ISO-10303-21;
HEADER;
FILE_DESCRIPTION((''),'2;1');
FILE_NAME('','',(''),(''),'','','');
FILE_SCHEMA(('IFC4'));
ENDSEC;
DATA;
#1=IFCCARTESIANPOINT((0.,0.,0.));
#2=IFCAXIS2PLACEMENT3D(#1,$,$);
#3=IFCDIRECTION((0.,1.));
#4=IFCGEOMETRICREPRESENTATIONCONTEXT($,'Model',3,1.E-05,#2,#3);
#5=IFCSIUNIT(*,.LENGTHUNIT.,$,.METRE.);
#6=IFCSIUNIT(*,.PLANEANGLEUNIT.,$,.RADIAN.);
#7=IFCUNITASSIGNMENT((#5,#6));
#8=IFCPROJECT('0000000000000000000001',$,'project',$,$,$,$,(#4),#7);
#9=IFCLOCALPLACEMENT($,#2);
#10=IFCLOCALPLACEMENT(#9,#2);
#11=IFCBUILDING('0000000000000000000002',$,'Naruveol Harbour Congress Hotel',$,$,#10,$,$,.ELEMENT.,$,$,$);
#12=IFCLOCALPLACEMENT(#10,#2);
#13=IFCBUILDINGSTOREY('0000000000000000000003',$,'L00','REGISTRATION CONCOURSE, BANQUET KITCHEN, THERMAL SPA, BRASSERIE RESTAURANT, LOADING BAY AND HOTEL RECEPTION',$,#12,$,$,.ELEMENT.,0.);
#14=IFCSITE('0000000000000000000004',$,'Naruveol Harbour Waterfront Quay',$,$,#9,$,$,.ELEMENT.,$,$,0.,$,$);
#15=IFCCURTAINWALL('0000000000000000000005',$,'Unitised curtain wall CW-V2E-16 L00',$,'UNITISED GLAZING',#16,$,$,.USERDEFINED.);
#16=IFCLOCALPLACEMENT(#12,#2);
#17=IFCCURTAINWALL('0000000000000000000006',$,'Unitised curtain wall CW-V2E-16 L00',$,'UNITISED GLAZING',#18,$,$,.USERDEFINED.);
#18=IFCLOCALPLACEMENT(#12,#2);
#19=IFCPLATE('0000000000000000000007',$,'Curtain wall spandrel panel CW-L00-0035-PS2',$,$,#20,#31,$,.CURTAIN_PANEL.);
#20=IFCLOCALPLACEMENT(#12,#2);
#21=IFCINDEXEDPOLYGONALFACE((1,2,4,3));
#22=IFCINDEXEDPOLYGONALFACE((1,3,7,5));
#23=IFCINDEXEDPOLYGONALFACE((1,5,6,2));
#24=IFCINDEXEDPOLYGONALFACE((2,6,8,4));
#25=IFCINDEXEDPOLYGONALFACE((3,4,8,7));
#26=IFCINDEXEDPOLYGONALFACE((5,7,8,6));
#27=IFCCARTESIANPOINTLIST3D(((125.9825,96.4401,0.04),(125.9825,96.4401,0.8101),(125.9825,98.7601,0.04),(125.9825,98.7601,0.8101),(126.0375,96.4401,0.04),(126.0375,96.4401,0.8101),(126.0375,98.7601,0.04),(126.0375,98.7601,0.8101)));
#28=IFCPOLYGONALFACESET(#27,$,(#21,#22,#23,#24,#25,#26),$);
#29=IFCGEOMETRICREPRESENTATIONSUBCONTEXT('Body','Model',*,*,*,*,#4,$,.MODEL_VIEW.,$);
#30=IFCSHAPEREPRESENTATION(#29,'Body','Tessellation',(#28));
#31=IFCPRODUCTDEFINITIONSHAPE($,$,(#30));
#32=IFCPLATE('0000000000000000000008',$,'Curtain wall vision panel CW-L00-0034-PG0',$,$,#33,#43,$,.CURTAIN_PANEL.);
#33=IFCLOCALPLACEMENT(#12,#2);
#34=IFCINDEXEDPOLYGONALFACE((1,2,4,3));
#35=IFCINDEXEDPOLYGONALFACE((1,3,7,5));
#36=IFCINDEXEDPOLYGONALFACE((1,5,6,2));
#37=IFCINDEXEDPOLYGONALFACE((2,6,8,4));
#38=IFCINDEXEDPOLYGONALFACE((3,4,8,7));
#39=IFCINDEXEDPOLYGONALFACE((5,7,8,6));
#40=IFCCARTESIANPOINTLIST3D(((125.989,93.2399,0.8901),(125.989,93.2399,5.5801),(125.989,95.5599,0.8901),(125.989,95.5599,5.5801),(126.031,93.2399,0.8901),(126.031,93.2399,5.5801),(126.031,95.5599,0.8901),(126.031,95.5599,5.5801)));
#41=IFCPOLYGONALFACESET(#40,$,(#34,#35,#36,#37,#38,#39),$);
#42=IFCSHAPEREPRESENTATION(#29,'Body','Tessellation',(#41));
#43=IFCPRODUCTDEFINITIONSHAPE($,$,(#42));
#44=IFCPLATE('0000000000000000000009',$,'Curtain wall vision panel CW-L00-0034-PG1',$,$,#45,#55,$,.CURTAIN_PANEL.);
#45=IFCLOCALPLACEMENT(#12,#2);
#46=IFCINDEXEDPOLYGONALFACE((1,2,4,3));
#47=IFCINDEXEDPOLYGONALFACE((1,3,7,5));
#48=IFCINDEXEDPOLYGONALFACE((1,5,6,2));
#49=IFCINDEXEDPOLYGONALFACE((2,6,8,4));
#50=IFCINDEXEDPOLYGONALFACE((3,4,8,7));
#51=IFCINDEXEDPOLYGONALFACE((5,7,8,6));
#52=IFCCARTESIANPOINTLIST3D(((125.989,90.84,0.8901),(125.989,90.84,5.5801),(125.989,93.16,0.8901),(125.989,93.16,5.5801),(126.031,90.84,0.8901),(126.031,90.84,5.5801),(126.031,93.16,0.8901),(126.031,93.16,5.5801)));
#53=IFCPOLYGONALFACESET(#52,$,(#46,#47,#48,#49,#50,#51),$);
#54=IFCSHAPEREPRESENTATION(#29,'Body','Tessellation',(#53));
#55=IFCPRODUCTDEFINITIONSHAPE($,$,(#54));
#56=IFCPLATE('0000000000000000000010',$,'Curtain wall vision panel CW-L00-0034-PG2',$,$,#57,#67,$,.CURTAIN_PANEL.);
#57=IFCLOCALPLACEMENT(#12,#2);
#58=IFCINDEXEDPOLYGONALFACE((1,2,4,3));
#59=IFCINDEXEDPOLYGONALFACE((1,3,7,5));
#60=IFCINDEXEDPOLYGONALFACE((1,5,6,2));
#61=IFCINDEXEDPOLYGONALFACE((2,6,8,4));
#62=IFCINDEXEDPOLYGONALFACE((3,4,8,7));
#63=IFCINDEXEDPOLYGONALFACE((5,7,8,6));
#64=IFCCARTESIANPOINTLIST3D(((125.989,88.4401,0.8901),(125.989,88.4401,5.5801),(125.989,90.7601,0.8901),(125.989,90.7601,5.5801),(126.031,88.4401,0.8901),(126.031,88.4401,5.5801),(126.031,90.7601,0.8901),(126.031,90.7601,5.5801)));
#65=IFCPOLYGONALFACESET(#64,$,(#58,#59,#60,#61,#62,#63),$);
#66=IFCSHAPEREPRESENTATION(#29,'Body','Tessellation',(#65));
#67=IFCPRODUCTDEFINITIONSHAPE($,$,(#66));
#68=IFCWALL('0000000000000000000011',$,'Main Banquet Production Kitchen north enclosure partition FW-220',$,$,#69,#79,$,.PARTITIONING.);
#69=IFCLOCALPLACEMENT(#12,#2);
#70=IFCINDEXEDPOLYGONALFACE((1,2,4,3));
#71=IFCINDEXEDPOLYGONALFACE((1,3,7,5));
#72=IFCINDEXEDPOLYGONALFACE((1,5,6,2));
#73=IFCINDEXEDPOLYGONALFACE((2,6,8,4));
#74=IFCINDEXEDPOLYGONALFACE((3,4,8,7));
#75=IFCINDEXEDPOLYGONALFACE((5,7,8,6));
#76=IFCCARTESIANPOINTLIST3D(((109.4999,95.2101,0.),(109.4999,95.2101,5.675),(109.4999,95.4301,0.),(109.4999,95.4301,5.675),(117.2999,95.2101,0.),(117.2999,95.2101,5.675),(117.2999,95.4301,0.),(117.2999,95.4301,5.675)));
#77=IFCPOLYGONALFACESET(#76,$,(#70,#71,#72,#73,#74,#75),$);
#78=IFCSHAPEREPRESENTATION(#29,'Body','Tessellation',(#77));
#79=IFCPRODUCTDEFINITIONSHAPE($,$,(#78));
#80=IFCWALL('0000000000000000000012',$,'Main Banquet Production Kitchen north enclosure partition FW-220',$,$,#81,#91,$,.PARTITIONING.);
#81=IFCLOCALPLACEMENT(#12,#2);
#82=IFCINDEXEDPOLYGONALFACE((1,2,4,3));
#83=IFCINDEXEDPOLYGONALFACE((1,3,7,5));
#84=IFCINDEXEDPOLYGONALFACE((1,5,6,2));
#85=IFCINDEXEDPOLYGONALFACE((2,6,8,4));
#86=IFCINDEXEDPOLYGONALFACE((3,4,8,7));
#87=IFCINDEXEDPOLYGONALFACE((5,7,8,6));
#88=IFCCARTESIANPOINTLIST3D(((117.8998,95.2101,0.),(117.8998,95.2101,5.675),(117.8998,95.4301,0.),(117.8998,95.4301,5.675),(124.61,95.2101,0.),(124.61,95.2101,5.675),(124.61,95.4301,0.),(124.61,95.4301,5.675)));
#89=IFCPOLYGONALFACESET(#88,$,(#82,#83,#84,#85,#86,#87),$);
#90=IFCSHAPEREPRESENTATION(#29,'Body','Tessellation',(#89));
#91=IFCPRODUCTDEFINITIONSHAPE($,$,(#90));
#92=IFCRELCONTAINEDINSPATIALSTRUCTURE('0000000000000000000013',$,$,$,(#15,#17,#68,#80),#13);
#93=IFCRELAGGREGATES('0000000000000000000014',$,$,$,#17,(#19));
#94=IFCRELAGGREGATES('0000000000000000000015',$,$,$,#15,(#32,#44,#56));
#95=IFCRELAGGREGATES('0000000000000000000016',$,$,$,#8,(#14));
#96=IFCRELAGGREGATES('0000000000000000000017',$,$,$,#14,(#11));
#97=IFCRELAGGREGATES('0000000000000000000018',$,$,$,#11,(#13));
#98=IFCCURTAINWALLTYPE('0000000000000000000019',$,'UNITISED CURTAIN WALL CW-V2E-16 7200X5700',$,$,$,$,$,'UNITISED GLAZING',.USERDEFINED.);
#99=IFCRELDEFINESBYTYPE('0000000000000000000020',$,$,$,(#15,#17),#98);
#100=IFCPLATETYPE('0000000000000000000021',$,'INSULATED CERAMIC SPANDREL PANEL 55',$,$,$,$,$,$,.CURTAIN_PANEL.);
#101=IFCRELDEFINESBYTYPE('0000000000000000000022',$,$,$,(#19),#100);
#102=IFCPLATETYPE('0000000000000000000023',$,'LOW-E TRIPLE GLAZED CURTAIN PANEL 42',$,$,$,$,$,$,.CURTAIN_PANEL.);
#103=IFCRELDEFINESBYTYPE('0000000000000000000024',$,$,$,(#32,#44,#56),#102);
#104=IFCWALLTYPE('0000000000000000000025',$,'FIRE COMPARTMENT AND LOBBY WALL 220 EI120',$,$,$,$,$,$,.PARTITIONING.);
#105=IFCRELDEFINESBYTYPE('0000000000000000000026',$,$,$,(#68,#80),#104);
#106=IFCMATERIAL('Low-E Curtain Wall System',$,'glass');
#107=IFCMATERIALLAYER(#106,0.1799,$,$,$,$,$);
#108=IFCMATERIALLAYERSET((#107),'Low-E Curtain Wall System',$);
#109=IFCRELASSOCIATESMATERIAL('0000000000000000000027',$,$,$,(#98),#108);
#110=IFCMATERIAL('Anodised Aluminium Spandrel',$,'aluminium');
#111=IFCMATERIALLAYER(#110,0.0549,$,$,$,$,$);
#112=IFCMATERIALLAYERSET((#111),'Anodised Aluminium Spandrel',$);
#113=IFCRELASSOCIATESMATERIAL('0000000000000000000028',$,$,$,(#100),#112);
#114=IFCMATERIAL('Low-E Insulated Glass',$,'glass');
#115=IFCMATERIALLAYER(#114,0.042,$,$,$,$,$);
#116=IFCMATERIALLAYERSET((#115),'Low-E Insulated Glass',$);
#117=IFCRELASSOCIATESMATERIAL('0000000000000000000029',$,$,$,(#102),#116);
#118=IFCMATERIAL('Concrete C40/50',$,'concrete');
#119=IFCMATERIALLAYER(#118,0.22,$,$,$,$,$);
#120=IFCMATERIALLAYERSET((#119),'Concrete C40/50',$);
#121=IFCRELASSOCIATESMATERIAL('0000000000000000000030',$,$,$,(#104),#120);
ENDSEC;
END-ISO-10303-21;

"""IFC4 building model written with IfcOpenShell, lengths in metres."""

from ifc_helpers import new_model, si_unit, direction, frame, frame_2d, origin, origin_2d, place, context, subcontext, project, spatial, rectangle, extrude, material, layer, layer_set, type_object, element, aggregate, save


model = new_model("IFC4")

# Units and contexts
model_context = context("Model", 3, precision=1e-05, world=origin(), true_north=direction((0.0, 1.0)))
body_context = subcontext(model_context, "Body", "Model", "MODEL_VIEW")
ifc_project = project(units=[si_unit("LENGTHUNIT", "METRE"), si_unit("PLANEANGLEUNIT", "RADIAN")], contexts=[model_context])

# Site, building, storey
site_placement = place(None, origin())
site = spatial("IfcSite", under=ifc_project, at=site_placement, Name="Naruveol Harbour Waterfront Quay", CompositionType="ELEMENT", RefElevation=0.0)
building_placement = place(site_placement, origin())
building = spatial("IfcBuilding", under=site, at=building_placement, Name="Naruveol Harbour Congress Hotel", CompositionType="ELEMENT")
storey_placement = place(building_placement, origin())
storey = spatial("IfcBuildingStorey", under=building, at=storey_placement, Name="L00", Description="REGISTRATION CONCOURSE, BANQUET KITCHEN, THERMAL SPA, BRASSERIE RESTAURANT, LOADING BAY AND HOTEL RECEPTION", CompositionType="ELEMENT", Elevation=0.0)

# Curtain wall
ifc_material_1 = material(Name="Low-E Curtain Wall System", Category="glass")
ifc_layer_1 = layer(ifc_material_1, 0.1799)
ifc_layer_set_1 = layer_set([ifc_layer_1], Name="Low-E Curtain Wall System")
curtain_wall_type = type_object("IfcCurtainWallType", Name="UNITISED CURTAIN WALL CW-V2E-16 7200X5700", ElementType="UNITISED GLAZING", PredefinedType="USERDEFINED", material=ifc_layer_set_1)
curtain_wall_1_placement = place(storey_placement, origin())
curtain_wall_1 = element("IfcCurtainWall", 1, at=curtain_wall_1_placement, inside=storey, type_object=curtain_wall_type, Name="Unitised curtain wall CW-V2E-16 L00", ObjectType="UNITISED GLAZING", PredefinedType="USERDEFINED")

# Curtain wall
curtain_wall_2_placement = place(storey_placement, origin())
curtain_wall_2 = element("IfcCurtainWall", 2, at=curtain_wall_2_placement, inside=storey, type_object=curtain_wall_type, Name="Unitised curtain wall CW-V2E-16 L00", ObjectType="UNITISED GLAZING", PredefinedType="USERDEFINED")

# Plates
ifc_material_2 = material(Name="Anodised Aluminium Spandrel", Category="aluminium")
ifc_layer_2 = layer(ifc_material_2, 0.0549)
ifc_layer_set_2 = layer_set([ifc_layer_2], Name="Anodised Aluminium Spandrel")
plate_type_1 = type_object("IfcPlateType", Name="INSULATED CERAMIC SPANDREL PANEL 55", PredefinedType="CURTAIN_PANEL", material=ifc_layer_set_2)
plate_1_placement = place(storey_placement, frame((126.01, 97.6001, 0.04), z_axis=(0.0, 0.0, 1.0), x_axis=(0.0, -1.0, 0.0)))
plate_1 = element("IfcPlate", 3, at=plate_1_placement, type_object=plate_type_1, Name="Curtain wall spandrel panel CW-L00-0035-PS2", PredefinedType="CURTAIN_PANEL", context=body_context, shape_type="SweptSolid", body=[
    extrude(rectangle(XDim=2.3201, YDim=0.0549, at=origin_2d()), origin(), (0.0, 0.0, 1.0), 0.77),
])
aggregate(curtain_wall_2, [plate_1])
ifc_material_3 = material(Name="Low-E Insulated Glass", Category="glass")
ifc_layer_3 = layer(ifc_material_3, 0.042)
ifc_layer_set_3 = layer_set([ifc_layer_3], Name="Low-E Insulated Glass")
plate_type_2 = type_object("IfcPlateType", Name="LOW-E TRIPLE GLAZED CURTAIN PANEL 42", PredefinedType="CURTAIN_PANEL", material=ifc_layer_set_3)
plate_2_placement = place(storey_placement, frame((126.01, 94.3999, 0.8901), z_axis=(0.0, 0.0, 1.0), x_axis=(0.0, -1.0, 0.0)))
plate_2 = element("IfcPlate", 4, at=plate_2_placement, type_object=plate_type_2, Name="Curtain wall vision panel CW-L00-0034-PG0", PredefinedType="CURTAIN_PANEL", context=body_context, shape_type="SweptSolid", body=[
    extrude(rectangle(XDim=2.3201, YDim=0.042, at=origin_2d()), origin(), (0.0, 0.0, 1.0), 4.6899),
])
plate_3_placement = place(storey_placement, frame((126.01, 92.0, 0.8901), z_axis=(0.0, 0.0, 1.0), x_axis=(0.0, -1.0, 0.0)))
plate_3 = element("IfcPlate", 5, at=plate_3_placement, type_object=plate_type_2, Name="Curtain wall vision panel CW-L00-0034-PG1", PredefinedType="CURTAIN_PANEL", context=body_context, shape_type="SweptSolid", body=[
    extrude(rectangle(XDim=2.3201, YDim=0.042, at=origin_2d()), origin(), (0.0, 0.0, 1.0), 4.6899),
])
plate_4_placement = place(storey_placement, frame((126.01, 89.6001, 0.8901), z_axis=(0.0, 0.0, 1.0), x_axis=(0.0, -1.0, 0.0)))
plate_4 = element("IfcPlate", 6, at=plate_4_placement, type_object=plate_type_2, Name="Curtain wall vision panel CW-L00-0034-PG2", PredefinedType="CURTAIN_PANEL", context=body_context, shape_type="SweptSolid", body=[
    extrude(rectangle(XDim=2.3201, YDim=0.042, at=origin_2d()), origin(), (0.0, 0.0, 1.0), 4.6899),
])
aggregate(curtain_wall_1, [plate_2, plate_3, plate_4])

# Walls
ifc_material_4 = material(Name="Concrete C40/50", Category="concrete")
ifc_layer_4 = layer(ifc_material_4, 0.22)
ifc_layer_set_4 = layer_set([ifc_layer_4], Name="Concrete C40/50")
wall_type = type_object("IfcWallType", Name="FIRE COMPARTMENT AND LOBBY WALL 220 EI120", PredefinedType="PARTITIONING", material=ifc_layer_set_4)
wall_1_placement = place(storey_placement, frame((109.5, 95.3201, 0.0), z_axis=(0.0, 0.0, 1.0), x_axis=(1.0, 0.0, 0.0)))
element("IfcWall", 7, at=wall_1_placement, inside=storey, type_object=wall_type, Name="Main Banquet Production Kitchen north enclosure partition FW-220", PredefinedType="PARTITIONING", context=body_context, shape_type="SweptSolid", body=[
    extrude(rectangle(XDim=7.8, YDim=0.22, at=frame_2d((3.8999, 0.0))), origin(), (0.0, 0.0, 1.0), 5.675),
])
wall_2_placement = place(storey_placement, frame((117.8999, 95.3201, 0.0), z_axis=(0.0, 0.0, 1.0), x_axis=(1.0, 0.0, 0.0)))
element("IfcWall", 8, at=wall_2_placement, inside=storey, type_object=wall_type, Name="Main Banquet Production Kitchen north enclosure partition FW-220", PredefinedType="PARTITIONING", context=body_context, shape_type="SweptSolid", body=[
    extrude(rectangle(XDim=6.7102, YDim=0.22, at=frame_2d((3.355, 0.0))), origin(), (0.0, 0.0, 1.0), 5.675),
])

save(model, "model.ifc")
